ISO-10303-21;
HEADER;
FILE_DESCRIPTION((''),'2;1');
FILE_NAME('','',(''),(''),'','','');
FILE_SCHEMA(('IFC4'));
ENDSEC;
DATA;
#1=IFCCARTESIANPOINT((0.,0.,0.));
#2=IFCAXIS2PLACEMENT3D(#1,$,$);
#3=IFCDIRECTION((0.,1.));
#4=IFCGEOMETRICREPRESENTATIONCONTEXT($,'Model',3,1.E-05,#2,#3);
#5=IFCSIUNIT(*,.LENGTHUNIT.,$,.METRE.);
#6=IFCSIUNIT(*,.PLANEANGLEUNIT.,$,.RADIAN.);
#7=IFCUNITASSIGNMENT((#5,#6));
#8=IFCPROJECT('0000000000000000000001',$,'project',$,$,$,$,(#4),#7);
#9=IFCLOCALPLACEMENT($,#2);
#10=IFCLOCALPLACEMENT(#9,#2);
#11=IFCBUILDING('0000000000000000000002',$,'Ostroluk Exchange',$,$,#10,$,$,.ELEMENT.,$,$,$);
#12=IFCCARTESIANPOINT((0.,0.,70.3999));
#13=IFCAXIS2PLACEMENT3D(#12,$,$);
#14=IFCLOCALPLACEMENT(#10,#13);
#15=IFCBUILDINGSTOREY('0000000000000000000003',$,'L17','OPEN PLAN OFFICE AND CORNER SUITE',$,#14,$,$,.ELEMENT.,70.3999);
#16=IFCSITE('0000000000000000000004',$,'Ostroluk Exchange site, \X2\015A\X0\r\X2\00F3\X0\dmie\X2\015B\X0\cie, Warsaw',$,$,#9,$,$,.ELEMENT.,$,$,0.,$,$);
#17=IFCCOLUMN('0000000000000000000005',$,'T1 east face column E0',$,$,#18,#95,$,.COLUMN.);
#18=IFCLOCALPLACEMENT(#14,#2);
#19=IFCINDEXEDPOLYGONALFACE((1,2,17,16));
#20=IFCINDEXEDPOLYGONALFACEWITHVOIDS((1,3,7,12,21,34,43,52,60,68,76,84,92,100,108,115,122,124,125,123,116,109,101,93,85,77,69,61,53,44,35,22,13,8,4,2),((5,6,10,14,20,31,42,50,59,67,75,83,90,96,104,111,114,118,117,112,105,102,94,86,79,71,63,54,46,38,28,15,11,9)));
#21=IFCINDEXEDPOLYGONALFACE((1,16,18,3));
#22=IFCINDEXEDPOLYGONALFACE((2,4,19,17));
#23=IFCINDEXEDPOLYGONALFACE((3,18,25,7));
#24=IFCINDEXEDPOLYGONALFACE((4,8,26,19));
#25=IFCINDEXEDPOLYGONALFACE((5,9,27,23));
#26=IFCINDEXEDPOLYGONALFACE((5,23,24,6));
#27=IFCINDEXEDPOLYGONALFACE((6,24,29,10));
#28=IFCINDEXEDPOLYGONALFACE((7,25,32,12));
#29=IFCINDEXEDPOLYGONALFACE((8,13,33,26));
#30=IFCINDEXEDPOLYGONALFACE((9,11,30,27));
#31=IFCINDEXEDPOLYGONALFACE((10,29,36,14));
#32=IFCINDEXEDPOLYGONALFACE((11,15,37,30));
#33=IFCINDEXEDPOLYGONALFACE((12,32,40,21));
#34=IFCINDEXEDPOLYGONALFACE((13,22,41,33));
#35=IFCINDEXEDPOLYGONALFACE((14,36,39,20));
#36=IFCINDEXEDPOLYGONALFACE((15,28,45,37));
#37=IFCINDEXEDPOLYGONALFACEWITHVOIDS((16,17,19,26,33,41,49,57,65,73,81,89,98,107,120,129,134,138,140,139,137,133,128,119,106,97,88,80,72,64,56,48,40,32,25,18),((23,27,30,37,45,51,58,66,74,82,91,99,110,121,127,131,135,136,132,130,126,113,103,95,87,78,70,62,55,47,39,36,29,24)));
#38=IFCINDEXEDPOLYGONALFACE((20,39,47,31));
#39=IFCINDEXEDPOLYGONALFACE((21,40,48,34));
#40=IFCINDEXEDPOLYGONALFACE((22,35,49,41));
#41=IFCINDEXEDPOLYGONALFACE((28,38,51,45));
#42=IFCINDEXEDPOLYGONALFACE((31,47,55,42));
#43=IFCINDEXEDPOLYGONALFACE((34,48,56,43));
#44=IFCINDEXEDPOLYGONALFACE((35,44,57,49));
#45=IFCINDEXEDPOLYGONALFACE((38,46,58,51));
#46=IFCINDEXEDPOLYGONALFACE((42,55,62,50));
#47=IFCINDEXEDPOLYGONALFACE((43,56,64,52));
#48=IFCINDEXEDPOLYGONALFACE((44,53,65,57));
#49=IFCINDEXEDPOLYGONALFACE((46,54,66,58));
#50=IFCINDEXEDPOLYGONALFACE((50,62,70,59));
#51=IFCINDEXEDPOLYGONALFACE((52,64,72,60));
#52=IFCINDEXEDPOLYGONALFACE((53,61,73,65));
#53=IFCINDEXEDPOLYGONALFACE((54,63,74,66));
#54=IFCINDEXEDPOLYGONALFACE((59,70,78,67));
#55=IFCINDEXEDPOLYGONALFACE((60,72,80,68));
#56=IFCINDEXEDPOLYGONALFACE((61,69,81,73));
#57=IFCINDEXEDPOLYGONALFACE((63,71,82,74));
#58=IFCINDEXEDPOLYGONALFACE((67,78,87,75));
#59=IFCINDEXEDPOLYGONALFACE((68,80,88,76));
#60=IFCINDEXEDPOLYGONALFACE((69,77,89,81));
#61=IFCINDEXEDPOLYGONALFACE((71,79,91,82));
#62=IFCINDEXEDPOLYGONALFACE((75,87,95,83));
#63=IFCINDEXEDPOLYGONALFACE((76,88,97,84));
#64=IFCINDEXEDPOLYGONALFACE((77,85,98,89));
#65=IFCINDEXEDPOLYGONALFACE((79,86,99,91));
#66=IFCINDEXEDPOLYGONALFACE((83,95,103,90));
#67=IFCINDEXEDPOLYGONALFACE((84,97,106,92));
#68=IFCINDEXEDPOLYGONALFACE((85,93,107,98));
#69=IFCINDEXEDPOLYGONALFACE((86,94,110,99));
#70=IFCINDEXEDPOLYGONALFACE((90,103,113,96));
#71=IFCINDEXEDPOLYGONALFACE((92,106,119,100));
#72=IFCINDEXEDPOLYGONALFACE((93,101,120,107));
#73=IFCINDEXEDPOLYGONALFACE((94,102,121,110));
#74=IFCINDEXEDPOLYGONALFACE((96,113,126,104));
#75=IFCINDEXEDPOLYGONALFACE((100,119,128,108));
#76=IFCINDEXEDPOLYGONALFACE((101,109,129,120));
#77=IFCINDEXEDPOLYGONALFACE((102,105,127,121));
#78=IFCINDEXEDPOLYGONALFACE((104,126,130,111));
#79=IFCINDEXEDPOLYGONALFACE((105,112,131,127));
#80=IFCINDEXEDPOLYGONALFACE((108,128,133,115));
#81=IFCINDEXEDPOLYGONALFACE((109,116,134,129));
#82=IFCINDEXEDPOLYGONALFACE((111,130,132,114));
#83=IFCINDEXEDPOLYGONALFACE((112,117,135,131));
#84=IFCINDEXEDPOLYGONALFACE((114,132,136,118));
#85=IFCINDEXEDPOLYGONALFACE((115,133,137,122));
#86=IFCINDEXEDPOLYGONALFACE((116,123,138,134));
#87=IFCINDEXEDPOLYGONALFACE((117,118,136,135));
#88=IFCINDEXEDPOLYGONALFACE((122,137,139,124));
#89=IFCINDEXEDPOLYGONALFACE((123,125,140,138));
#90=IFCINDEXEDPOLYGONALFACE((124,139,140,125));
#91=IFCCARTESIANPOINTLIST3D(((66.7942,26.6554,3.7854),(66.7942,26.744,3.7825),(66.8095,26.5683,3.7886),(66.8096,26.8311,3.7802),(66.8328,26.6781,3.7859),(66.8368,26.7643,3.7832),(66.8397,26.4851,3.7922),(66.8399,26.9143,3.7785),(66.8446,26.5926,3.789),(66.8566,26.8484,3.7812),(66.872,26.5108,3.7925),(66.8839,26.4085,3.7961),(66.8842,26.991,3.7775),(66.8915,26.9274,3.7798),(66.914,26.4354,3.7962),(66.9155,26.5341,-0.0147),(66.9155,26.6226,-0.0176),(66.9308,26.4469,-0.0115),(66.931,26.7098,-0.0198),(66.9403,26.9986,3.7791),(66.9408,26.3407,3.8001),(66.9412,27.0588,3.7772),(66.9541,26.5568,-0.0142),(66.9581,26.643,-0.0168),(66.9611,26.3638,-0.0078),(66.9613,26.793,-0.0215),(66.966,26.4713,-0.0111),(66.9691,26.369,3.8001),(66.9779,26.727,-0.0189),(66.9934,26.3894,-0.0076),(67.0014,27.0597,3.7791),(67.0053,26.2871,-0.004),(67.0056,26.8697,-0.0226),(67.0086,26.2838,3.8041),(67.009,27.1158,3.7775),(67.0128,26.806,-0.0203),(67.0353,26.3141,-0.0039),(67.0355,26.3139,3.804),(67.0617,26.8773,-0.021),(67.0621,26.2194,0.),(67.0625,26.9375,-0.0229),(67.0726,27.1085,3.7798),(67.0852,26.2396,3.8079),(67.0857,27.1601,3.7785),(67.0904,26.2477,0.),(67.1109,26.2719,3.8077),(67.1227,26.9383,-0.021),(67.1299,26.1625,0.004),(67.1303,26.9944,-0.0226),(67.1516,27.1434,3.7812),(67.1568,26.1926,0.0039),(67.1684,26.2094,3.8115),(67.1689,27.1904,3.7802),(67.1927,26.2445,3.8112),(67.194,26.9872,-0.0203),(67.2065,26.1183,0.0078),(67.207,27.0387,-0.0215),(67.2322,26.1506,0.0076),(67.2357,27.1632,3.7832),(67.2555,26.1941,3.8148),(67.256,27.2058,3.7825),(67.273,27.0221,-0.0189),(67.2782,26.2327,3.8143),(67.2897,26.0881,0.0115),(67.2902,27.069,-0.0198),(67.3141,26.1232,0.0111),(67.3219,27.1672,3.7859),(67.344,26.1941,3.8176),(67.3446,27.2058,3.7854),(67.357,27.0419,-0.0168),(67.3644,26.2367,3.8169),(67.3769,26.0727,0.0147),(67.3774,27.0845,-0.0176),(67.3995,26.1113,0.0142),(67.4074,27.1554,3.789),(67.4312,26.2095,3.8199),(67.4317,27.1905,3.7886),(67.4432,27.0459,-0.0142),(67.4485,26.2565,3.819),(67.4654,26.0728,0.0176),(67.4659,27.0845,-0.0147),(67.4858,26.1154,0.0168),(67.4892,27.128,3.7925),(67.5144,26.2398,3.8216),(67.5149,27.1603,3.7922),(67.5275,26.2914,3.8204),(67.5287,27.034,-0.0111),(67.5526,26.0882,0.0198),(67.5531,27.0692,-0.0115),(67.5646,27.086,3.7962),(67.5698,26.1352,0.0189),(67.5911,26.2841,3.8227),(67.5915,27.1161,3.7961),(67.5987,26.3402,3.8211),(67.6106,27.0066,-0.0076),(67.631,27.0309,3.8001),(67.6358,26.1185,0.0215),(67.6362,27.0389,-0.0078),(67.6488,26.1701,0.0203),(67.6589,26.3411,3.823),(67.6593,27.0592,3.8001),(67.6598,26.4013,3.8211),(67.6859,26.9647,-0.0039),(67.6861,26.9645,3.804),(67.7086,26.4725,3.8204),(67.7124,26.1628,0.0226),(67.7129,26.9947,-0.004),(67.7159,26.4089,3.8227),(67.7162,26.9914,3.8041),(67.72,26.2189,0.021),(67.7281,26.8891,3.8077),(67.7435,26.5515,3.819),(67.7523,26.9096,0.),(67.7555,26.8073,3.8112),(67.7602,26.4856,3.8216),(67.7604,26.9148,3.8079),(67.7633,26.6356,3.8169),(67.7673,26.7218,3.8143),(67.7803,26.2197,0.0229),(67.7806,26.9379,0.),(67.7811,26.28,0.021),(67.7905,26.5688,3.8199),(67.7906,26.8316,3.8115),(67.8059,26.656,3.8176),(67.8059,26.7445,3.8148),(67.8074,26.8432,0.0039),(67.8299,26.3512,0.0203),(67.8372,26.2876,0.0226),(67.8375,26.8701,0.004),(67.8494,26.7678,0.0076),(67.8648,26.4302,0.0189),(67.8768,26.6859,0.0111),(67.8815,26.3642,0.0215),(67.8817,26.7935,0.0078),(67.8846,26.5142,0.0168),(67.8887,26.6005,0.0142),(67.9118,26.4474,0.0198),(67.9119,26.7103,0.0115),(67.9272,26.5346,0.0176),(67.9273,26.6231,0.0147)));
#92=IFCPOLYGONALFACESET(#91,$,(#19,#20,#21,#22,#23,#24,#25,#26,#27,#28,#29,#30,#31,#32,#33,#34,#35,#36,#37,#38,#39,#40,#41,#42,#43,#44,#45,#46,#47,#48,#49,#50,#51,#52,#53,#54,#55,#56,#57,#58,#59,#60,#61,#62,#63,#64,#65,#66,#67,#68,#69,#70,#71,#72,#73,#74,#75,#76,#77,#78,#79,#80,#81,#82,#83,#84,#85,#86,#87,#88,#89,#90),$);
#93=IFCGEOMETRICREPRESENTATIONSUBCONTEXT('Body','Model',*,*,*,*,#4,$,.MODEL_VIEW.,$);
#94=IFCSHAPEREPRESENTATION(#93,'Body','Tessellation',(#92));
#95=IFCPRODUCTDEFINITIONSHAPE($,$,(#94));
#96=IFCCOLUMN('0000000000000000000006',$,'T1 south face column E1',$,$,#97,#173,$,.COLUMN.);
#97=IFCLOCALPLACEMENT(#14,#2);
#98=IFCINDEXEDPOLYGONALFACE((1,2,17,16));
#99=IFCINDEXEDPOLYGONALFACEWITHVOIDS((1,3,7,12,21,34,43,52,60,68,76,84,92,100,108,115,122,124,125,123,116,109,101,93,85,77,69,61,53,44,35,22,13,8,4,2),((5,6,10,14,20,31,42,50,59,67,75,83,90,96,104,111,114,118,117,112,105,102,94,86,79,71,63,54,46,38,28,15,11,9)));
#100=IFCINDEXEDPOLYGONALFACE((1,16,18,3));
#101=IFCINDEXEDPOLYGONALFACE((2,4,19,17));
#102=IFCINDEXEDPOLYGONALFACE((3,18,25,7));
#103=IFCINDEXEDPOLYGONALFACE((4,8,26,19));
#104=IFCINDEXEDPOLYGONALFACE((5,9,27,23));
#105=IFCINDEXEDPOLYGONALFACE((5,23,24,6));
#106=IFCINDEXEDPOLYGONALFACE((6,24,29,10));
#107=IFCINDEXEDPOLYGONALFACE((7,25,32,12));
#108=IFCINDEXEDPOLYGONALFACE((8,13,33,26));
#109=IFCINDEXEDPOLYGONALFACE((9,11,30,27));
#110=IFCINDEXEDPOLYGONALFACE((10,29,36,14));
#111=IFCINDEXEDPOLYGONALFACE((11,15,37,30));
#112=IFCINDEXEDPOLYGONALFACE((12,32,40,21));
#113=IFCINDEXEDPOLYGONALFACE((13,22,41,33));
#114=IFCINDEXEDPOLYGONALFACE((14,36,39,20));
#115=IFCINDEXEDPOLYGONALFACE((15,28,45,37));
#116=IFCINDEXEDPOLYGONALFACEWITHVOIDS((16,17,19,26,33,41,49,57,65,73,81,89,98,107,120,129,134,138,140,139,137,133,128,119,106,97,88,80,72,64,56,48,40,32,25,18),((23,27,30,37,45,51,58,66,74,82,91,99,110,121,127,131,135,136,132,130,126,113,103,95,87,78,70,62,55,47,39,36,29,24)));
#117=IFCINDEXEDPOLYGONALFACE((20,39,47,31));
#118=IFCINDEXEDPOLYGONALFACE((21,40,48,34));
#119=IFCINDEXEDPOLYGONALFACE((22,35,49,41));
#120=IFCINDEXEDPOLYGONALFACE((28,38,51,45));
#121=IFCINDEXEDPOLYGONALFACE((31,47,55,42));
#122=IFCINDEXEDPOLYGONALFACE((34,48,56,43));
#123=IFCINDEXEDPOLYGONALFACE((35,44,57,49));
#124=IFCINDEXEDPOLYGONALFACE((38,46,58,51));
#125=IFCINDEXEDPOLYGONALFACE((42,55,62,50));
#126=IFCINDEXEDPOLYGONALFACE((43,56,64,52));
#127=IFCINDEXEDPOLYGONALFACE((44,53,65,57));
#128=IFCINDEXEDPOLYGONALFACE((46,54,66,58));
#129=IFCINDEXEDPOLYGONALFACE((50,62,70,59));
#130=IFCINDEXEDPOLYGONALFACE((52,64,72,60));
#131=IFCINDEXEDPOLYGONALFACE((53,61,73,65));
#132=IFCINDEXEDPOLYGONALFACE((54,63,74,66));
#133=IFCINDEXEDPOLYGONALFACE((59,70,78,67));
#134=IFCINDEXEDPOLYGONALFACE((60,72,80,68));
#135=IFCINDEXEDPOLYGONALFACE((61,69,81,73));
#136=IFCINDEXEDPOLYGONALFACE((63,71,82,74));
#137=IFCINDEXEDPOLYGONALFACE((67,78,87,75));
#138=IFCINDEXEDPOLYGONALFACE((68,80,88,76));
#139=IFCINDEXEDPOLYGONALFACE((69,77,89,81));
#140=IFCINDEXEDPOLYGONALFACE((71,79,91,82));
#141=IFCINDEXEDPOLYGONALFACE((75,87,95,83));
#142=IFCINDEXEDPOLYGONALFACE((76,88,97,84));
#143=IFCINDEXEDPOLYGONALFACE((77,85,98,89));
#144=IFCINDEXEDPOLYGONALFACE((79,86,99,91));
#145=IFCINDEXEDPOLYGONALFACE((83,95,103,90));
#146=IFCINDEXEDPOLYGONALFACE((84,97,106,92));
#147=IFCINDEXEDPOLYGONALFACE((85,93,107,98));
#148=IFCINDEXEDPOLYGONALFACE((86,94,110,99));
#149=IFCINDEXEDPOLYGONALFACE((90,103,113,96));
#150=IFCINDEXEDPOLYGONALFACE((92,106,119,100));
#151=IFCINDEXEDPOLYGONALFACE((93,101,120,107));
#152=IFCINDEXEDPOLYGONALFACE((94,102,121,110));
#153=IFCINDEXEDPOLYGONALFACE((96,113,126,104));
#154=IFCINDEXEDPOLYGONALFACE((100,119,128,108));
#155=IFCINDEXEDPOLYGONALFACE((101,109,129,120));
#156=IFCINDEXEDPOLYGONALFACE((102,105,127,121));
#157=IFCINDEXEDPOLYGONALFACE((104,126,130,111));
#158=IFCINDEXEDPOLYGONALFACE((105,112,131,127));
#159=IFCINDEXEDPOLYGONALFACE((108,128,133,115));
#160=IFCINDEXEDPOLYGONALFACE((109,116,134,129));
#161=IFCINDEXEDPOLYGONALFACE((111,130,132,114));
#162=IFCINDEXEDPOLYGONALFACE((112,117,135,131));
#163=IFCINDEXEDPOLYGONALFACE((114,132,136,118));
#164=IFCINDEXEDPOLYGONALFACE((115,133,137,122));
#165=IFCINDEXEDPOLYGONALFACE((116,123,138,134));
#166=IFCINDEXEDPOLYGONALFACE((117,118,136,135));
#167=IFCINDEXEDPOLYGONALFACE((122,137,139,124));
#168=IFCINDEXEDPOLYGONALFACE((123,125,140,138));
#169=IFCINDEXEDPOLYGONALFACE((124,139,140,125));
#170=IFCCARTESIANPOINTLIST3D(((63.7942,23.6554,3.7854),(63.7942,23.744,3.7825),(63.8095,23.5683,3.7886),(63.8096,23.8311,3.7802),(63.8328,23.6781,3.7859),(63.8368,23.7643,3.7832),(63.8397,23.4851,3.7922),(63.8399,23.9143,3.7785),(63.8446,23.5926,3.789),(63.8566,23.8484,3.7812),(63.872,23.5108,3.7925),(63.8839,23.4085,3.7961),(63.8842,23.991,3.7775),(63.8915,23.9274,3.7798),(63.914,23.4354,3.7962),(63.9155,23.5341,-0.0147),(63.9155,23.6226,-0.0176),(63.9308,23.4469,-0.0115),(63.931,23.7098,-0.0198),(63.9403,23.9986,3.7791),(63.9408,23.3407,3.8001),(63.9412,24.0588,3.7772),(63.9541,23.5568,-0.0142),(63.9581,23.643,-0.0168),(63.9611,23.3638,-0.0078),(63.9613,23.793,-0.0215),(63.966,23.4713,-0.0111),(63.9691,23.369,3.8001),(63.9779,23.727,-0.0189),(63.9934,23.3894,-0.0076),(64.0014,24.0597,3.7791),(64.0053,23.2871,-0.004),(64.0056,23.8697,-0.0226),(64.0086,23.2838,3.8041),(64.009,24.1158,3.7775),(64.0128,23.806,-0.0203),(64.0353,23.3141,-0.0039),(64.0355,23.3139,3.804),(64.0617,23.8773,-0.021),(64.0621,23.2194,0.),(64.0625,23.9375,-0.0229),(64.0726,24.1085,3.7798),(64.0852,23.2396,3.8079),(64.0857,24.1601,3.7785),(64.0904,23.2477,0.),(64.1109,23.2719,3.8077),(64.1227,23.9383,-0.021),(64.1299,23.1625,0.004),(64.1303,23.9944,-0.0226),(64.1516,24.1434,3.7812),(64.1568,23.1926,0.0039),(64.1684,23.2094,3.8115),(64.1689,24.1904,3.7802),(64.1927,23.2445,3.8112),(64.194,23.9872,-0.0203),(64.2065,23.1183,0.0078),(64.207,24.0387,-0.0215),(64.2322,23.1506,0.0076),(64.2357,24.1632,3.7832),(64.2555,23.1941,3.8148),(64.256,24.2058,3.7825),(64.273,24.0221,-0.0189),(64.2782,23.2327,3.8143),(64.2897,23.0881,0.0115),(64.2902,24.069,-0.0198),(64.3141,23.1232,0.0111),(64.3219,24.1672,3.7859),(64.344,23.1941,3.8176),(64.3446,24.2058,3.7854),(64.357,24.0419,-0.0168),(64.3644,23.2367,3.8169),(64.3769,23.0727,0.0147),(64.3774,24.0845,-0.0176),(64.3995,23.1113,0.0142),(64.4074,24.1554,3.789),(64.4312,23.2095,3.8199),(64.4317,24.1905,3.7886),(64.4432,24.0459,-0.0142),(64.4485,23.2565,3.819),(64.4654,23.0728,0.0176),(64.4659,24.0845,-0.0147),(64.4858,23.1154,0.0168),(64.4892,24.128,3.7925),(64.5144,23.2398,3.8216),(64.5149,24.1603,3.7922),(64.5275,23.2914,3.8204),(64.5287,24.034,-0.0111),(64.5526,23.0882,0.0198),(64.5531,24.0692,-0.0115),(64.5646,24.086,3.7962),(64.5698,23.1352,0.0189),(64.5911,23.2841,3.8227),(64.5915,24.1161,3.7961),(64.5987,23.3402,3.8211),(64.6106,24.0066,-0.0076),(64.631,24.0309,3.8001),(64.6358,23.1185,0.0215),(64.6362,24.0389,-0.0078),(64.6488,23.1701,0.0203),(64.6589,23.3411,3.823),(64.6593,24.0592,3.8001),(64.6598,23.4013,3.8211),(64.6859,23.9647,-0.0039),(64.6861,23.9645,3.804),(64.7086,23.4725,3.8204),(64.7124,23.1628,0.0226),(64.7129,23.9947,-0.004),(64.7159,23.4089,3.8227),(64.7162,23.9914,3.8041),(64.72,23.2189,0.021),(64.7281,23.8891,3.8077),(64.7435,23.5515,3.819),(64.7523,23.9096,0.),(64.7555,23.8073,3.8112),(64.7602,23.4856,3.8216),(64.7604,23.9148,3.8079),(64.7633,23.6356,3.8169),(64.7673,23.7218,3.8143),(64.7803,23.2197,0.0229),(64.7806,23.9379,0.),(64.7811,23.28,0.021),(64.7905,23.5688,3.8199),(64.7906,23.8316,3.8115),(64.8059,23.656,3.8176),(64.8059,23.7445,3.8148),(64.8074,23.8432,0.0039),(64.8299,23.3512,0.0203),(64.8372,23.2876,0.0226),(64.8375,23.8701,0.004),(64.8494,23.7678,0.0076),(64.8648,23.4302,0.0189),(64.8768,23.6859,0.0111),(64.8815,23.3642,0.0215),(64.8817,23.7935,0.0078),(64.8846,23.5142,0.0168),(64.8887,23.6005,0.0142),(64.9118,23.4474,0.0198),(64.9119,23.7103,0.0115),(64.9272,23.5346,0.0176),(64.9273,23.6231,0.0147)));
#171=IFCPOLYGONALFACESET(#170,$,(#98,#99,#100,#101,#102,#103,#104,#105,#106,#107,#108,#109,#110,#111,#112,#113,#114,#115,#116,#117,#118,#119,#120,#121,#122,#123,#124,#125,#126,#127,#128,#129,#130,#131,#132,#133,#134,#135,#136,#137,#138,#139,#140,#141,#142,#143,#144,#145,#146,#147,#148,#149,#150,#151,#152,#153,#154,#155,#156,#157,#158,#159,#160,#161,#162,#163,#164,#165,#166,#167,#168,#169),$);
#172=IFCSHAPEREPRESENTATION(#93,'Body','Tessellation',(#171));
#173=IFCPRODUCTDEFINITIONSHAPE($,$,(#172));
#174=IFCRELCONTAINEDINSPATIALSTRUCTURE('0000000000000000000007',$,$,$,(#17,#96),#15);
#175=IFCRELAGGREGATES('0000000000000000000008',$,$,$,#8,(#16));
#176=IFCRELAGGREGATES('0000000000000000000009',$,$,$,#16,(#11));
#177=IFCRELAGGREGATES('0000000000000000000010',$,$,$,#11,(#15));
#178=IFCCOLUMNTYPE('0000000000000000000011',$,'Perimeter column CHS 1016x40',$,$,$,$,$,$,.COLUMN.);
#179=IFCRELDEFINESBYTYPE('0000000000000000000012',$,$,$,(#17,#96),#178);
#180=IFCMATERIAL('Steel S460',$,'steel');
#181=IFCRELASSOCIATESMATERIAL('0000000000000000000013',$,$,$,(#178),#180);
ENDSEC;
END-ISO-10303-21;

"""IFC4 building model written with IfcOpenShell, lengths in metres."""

from ifc_helpers import new_model, si_unit, direction, frame, origin, origin_2d, place, context, subcontext, project, spatial, hollow_circle, extrude, material, material_profile, profile_set, type_object, element, save


model = new_model("IFC4")

# Units and contexts
model_context = context("Model", 3, precision=1e-05, world=origin(), true_north=direction((0.0, 1.0)))
body_context = subcontext(model_context, "Body", "Model", "MODEL_VIEW")
ifc_project = project(units=[si_unit("LENGTHUNIT", "METRE"), si_unit("PLANEANGLEUNIT", "RADIAN")], contexts=[model_context])

# Site, building, storey
site_placement = place(None, origin())
site = spatial("IfcSite", under=ifc_project, at=site_placement, Name="Ostroluk Exchange site, Śródmieście, Warsaw", CompositionType="ELEMENT", RefElevation=0.0)
building_placement = place(site_placement, origin())
building = spatial("IfcBuilding", under=site, at=building_placement, Name="Ostroluk Exchange", CompositionType="ELEMENT")
storey_placement = place(building_placement, frame((0.0, 0.0, 70.3999)))
storey = spatial("IfcBuildingStorey", under=building, at=storey_placement, Name="L17", Description="OPEN PLAN OFFICE AND CORNER SUITE", CompositionType="ELEMENT", Elevation=70.3999)

# Columns
ifc_material_1 = material(Name="Steel S460", Category="steel")
ifc_material_profile_1 = material_profile(ifc_material_1, hollow_circle(Radius=0.5081, WallThickness=0.04, at=origin_2d()), Name="CHS 1016x40")
ifc_profile_set_1 = profile_set([ifc_material_profile_1], Name="Steel S460")
column_type = type_object("IfcColumnType", Name="Perimeter column CHS 1016x40", PredefinedType="COLUMN", material=ifc_profile_set_1)
for number, where, z_axis, x_axis, name in (
    (1, (67.4214, 26.5786, 0.0), (-0.031898, 0.031898, 0.998982), (-0.707107, -0.707107, 0.0), "T1 east face column E0"),
    (2, (64.4214, 23.5786, 0.0), (-0.031898, 0.031898, 0.998982), (-0.707107, -0.707107, 0.0), "T1 south face column E1"),
):
    element("IfcColumn", number, at=place(storey_placement, frame(where, z_axis=z_axis, x_axis=x_axis)), inside=storey, type_object=column_type, Name=name, PredefinedType="COLUMN", context=body_context, shape_type="SweptSolid", body=[
        extrude(hollow_circle(Radius=0.5081, WallThickness=0.04, at=origin_2d()), origin(), (0.0, 0.0, 1.0), 3.804),
    ])

save(model, "model.ifc")
